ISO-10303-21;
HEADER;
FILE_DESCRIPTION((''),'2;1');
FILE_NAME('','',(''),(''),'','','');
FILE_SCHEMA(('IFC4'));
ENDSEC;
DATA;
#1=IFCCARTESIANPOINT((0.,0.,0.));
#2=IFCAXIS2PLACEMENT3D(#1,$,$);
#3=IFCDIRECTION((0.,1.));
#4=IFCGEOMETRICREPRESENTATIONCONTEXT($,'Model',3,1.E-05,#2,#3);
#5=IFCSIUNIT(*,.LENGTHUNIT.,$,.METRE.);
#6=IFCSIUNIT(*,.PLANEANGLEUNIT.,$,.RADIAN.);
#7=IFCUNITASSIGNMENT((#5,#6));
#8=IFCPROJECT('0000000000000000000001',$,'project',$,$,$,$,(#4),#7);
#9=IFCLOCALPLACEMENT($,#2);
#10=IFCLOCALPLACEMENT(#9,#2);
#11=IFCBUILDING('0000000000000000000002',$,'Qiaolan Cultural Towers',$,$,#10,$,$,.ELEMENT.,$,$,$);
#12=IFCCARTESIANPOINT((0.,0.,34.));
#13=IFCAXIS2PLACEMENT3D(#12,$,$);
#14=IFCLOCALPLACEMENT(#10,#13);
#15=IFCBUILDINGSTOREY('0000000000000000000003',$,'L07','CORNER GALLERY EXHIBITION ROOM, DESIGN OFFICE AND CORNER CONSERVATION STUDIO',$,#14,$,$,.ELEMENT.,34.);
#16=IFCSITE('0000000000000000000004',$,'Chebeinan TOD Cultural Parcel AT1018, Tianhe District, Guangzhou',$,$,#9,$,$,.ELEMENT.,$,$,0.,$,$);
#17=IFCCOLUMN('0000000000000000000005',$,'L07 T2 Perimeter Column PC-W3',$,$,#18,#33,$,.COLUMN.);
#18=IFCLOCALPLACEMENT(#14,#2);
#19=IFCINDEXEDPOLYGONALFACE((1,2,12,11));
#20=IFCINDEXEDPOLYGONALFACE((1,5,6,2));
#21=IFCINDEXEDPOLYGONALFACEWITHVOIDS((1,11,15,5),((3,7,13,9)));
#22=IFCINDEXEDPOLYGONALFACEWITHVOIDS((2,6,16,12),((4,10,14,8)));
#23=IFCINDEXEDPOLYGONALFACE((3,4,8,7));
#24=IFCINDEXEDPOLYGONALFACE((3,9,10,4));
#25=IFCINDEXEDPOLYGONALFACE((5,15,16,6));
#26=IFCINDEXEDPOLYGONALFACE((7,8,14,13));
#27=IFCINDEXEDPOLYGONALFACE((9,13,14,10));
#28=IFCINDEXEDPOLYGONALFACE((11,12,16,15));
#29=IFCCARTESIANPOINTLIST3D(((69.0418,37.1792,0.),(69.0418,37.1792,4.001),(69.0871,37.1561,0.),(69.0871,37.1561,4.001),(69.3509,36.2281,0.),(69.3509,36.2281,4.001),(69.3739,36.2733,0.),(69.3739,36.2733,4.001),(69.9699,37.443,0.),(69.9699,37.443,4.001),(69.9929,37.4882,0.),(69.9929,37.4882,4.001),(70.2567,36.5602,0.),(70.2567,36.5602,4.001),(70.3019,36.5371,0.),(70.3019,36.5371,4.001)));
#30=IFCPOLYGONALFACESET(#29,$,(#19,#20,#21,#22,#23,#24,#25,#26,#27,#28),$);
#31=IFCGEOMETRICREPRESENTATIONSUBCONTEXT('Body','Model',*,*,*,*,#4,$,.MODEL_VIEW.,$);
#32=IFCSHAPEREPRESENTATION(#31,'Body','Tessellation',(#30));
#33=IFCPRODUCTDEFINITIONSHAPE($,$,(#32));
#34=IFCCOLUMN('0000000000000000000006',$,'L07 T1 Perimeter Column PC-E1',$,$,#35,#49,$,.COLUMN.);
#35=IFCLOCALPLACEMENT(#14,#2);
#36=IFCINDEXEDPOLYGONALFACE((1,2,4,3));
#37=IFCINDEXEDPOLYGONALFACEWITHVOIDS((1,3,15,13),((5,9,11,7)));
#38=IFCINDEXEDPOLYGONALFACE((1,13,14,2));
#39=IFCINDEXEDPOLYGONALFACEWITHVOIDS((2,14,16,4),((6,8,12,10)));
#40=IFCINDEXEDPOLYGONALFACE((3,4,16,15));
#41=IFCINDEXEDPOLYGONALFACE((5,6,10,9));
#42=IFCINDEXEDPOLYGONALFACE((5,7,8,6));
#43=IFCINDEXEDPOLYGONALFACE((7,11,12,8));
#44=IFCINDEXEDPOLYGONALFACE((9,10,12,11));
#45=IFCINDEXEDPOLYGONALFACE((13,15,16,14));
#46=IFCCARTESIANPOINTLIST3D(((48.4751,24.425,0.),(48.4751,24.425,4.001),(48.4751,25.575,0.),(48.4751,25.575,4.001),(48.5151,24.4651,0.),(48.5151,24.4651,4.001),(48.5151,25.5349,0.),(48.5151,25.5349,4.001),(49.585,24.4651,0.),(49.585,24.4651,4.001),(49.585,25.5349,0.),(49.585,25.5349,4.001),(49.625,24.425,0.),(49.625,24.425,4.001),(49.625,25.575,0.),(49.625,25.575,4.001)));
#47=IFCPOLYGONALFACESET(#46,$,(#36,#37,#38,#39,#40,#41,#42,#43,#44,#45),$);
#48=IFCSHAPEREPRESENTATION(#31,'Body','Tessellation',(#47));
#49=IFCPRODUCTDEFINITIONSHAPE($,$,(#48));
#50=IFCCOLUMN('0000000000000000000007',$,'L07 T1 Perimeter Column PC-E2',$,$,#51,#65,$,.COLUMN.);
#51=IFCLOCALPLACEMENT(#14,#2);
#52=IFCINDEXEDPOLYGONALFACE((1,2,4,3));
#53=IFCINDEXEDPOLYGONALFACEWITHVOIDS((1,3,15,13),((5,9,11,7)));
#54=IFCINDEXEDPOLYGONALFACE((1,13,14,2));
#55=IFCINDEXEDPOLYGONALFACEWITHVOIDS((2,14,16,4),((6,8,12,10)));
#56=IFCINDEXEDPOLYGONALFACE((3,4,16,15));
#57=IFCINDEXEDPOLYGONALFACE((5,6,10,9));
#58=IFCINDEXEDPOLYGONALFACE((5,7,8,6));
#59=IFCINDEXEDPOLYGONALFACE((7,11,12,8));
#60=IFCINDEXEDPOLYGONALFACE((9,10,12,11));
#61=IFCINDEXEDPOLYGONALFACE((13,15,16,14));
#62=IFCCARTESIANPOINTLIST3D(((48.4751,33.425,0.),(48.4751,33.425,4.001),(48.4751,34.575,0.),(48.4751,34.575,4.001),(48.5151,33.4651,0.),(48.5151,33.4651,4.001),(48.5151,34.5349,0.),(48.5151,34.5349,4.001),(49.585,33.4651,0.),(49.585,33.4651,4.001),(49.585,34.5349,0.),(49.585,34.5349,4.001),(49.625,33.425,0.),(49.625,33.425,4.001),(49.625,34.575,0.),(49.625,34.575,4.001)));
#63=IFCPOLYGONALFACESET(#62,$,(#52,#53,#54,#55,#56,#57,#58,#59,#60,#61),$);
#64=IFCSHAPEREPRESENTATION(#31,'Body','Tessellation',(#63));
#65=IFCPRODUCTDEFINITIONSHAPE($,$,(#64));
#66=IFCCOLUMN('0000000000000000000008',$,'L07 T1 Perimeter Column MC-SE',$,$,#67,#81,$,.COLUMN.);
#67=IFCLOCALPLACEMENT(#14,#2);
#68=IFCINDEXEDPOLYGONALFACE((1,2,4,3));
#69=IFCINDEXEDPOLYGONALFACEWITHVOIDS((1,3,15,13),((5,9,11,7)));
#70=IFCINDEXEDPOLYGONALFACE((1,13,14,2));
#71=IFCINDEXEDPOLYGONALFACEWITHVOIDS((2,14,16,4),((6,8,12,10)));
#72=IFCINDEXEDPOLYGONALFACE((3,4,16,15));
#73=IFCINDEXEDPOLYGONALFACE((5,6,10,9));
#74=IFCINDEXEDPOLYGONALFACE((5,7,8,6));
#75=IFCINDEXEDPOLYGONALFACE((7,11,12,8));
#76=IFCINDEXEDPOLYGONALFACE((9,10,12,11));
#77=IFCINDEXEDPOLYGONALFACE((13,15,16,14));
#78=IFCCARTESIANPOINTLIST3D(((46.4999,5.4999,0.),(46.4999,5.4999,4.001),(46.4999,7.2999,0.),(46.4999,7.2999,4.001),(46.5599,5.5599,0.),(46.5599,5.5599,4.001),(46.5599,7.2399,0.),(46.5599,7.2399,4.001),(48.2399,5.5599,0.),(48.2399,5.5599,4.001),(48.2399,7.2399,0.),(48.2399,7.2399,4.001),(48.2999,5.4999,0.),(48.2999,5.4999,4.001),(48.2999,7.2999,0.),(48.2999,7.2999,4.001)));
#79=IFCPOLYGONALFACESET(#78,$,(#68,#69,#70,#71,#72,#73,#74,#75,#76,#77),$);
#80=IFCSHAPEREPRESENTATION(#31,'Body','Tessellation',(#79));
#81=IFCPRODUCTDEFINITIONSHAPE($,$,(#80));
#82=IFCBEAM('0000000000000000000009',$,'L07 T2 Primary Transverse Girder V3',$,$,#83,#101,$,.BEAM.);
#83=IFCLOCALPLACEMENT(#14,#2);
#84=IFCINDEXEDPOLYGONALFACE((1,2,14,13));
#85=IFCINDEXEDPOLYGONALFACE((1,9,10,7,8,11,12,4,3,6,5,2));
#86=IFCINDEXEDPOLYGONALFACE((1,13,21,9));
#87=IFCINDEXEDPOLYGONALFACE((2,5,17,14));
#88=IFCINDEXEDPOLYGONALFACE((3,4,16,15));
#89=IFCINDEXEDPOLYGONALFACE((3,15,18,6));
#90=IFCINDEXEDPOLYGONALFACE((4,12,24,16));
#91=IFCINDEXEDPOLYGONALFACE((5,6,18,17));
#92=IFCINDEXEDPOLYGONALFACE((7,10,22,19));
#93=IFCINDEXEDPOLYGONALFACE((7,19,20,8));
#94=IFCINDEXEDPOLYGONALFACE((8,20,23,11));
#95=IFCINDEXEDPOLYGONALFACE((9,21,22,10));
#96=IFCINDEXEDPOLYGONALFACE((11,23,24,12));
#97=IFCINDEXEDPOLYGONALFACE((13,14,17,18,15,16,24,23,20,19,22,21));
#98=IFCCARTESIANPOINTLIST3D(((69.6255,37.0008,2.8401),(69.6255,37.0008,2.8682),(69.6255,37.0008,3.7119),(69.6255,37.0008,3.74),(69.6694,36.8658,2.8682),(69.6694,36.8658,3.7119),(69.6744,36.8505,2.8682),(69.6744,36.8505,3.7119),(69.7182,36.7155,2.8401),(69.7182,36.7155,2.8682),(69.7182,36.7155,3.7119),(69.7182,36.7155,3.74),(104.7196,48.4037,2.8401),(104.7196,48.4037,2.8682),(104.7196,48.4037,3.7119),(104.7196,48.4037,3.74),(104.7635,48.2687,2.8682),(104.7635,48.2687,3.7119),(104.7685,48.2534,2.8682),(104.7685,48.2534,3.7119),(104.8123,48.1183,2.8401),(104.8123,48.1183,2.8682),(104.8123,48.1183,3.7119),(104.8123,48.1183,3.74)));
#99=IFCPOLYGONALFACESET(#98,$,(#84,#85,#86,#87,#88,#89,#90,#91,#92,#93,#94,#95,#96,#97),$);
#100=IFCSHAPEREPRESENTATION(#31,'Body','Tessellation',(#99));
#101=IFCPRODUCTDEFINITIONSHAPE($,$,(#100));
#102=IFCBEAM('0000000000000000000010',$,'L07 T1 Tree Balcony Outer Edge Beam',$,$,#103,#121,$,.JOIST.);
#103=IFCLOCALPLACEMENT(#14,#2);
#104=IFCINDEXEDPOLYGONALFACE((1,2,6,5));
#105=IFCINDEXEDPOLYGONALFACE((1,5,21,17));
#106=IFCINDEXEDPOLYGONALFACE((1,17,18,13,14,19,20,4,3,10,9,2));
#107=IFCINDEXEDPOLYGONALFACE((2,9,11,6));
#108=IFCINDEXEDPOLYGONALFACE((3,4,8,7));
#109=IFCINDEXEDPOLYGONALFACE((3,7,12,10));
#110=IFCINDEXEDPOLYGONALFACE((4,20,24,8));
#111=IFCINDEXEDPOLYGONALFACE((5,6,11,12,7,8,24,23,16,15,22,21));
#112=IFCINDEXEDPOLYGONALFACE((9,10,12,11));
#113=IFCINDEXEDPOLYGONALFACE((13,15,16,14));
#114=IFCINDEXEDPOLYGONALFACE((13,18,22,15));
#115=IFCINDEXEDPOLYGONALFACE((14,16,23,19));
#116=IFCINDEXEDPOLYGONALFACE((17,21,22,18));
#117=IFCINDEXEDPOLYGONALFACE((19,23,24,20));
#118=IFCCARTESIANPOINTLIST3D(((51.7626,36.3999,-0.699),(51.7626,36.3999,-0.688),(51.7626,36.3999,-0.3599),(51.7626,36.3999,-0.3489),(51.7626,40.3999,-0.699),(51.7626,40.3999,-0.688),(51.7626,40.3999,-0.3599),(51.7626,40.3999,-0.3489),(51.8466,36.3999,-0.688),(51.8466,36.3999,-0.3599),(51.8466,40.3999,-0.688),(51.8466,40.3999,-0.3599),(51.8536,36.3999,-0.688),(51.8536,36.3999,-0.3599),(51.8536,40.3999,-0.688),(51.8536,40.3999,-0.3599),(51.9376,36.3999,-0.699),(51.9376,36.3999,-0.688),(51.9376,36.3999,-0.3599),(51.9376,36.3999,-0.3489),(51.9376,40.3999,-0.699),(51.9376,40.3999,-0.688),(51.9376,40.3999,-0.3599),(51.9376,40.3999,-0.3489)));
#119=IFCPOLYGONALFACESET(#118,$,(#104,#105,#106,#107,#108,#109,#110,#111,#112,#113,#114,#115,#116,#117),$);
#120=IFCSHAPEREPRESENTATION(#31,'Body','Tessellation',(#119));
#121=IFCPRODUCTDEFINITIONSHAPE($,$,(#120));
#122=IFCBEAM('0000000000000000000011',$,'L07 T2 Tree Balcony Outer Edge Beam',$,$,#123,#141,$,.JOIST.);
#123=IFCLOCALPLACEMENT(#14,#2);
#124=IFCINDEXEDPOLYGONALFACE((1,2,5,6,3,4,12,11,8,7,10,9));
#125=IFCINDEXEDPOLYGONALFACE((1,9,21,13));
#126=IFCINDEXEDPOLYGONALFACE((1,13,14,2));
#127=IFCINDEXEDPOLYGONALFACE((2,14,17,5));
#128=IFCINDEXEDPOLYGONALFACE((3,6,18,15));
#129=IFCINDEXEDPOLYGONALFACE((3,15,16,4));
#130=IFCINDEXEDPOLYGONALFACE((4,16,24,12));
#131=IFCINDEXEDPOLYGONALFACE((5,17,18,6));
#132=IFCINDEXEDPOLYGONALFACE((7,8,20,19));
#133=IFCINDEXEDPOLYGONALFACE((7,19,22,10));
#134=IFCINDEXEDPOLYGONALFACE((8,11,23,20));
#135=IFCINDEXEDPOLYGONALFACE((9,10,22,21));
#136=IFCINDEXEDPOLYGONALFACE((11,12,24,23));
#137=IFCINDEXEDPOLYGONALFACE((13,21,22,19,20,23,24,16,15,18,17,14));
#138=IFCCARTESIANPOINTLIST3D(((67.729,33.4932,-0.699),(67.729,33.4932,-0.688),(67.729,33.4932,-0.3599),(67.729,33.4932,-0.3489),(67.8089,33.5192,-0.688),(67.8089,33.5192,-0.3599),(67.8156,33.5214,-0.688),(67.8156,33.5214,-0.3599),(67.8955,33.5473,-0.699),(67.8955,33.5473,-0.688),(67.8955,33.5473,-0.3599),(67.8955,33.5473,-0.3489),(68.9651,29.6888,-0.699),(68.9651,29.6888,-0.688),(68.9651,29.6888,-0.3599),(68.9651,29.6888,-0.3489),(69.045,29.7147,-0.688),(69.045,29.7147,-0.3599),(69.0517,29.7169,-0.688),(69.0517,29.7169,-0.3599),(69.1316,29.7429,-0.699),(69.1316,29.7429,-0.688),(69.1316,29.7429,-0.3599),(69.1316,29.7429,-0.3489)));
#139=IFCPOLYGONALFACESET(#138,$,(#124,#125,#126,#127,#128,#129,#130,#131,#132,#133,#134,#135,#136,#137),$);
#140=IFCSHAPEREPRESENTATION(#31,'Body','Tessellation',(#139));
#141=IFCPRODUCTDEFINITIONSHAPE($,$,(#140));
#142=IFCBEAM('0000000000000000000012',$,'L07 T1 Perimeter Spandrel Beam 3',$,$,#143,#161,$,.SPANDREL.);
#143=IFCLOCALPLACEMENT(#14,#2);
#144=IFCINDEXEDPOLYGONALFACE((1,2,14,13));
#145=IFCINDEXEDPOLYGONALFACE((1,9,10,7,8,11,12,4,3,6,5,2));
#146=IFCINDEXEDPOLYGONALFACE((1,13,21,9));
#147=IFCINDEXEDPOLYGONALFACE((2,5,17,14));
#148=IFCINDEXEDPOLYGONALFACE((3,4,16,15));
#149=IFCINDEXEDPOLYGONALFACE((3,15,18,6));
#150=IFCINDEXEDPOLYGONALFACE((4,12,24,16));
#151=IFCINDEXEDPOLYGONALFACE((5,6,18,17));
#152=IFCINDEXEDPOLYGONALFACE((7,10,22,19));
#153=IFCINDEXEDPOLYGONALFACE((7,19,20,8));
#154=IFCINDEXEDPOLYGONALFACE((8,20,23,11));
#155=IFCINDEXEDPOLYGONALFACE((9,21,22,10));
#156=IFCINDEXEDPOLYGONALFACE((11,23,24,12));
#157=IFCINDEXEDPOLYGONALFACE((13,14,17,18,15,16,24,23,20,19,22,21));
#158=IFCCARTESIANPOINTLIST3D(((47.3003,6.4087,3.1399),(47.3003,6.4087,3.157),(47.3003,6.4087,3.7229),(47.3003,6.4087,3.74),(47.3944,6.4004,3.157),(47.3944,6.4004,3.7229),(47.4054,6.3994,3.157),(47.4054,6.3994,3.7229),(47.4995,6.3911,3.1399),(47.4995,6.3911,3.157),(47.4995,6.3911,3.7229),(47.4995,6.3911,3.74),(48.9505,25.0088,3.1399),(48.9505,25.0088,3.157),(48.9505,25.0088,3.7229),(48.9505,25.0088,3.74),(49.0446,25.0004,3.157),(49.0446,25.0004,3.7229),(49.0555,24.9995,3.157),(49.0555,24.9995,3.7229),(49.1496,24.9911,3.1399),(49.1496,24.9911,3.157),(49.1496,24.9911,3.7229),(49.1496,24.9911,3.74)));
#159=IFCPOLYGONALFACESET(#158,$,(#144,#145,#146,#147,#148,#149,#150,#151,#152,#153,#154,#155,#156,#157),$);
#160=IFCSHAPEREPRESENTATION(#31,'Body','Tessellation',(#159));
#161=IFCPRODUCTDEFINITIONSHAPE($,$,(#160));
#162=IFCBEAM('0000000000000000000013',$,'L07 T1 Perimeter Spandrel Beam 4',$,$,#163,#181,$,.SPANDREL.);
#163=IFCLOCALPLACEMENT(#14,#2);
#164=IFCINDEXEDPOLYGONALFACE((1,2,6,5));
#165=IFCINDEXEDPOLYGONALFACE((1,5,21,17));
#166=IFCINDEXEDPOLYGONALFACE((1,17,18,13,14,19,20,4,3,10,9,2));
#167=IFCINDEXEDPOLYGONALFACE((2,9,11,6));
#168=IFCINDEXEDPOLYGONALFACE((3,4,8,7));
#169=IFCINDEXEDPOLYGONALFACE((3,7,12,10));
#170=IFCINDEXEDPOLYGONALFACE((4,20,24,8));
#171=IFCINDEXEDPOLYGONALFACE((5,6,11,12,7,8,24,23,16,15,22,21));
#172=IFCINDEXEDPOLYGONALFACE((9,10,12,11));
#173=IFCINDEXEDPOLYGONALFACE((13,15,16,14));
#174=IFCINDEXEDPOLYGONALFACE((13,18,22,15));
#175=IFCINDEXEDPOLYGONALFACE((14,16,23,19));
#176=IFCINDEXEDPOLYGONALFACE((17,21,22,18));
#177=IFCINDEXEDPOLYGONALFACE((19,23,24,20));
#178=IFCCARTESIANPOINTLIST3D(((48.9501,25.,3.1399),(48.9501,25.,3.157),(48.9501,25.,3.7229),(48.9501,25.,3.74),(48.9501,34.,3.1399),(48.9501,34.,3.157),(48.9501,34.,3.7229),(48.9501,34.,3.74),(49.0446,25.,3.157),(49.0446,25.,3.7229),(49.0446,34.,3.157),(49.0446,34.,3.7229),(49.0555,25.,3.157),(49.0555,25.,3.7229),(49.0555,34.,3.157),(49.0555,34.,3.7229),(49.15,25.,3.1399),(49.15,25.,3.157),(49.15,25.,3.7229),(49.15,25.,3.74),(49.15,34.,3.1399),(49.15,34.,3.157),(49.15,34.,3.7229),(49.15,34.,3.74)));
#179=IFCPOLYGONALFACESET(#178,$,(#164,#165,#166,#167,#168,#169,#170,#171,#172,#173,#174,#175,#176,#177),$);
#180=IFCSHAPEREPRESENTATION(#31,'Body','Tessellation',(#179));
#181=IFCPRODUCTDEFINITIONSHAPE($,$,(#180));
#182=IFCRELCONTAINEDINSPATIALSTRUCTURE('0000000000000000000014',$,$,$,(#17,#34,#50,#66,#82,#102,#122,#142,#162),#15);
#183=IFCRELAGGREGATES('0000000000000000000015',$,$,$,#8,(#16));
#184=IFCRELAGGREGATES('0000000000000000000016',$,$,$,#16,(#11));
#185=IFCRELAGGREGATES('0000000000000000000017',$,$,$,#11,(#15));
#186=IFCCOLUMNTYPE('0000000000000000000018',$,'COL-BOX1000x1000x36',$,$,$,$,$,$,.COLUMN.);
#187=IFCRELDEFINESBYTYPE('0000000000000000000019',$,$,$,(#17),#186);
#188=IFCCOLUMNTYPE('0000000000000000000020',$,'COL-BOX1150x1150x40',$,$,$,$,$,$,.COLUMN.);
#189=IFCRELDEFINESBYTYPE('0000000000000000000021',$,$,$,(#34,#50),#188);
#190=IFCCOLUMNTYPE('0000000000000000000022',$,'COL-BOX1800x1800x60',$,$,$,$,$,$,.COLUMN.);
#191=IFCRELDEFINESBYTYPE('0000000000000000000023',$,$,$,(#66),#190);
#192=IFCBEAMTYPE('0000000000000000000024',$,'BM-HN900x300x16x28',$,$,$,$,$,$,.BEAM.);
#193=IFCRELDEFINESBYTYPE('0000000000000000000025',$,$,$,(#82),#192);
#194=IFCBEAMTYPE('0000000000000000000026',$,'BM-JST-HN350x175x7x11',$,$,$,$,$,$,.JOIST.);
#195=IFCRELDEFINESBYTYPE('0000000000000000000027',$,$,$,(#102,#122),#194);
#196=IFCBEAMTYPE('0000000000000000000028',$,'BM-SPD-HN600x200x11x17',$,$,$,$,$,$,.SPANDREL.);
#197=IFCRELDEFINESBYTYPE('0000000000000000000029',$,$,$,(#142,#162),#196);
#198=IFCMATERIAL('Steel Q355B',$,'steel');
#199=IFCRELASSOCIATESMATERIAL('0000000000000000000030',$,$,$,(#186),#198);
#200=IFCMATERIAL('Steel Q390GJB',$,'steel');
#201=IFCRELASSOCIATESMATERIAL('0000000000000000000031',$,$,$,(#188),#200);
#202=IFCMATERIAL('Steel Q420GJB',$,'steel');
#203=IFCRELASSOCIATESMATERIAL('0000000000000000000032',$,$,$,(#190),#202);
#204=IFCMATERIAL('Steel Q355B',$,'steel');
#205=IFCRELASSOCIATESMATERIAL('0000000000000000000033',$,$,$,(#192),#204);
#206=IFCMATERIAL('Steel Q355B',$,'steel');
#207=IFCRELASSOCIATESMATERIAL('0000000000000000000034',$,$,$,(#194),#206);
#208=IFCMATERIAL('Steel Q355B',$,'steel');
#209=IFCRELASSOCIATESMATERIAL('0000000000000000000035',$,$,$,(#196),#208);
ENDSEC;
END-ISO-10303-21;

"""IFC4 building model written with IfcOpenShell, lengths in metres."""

from ifc_helpers import new_model, si_unit, direction, frame, origin, origin_2d, place, context, subcontext, project, spatial, hollow_rectangle, i_section, extrude, material, material_profile, profile_set, type_object, element, save


model = new_model("IFC4")

# Units and contexts
model_context = context("Model", 3, precision=1e-05, world=origin(), true_north=direction((0.0, 1.0)))
body_context = subcontext(model_context, "Body", "Model", "MODEL_VIEW")
ifc_project = project(units=[si_unit("LENGTHUNIT", "METRE"), si_unit("PLANEANGLEUNIT", "RADIAN")], contexts=[model_context])

# Site, building, storey
site_placement = place(None, origin())
site = spatial("IfcSite", under=ifc_project, at=site_placement, Name="Chebeinan TOD Cultural Parcel AT1018, Tianhe District, Guangzhou", CompositionType="ELEMENT", RefElevation=0.0)
building_placement = place(site_placement, origin())
building = spatial("IfcBuilding", under=site, at=building_placement, Name="Qiaolan Cultural Towers", CompositionType="ELEMENT")
storey_placement = place(building_placement, frame((0.0, 0.0, 34.0)))
storey = spatial("IfcBuildingStorey", under=building, at=storey_placement, Name="L07", Description="CORNER GALLERY EXHIBITION ROOM, DESIGN OFFICE AND CORNER CONSERVATION STUDIO", CompositionType="ELEMENT", Elevation=34.0)

# Columns
ifc_material_1 = material(Name="Steel Q355B", Category="steel")
ifc_material_profile_1 = material_profile(ifc_material_1, hollow_rectangle(XDim=1.0, YDim=1.0, WallThickness=0.0359, at=origin_2d()), Name="BOX1000x1000x36")
ifc_profile_set_1 = profile_set([ifc_material_profile_1], Name="Steel Q355B")
column_type_1 = type_object("IfcColumnType", Name="COL-BOX1000x1000x36", PredefinedType="COLUMN", material=ifc_profile_set_1)
column_1_placement = place(storey_placement, frame((69.6719, 36.8582, 0.0), z_axis=(0.0, 0.0, 1.0), x_axis=(0.951057, 0.309017, 0.0)))
element("IfcColumn", 1, at=column_1_placement, inside=storey, type_object=column_type_1, Name="L07 T2 Perimeter Column PC-W3", PredefinedType="COLUMN", context=body_context, shape_type="SweptSolid", body=[
    extrude(hollow_rectangle(XDim=1.0, YDim=1.0, WallThickness=0.0359, at=origin_2d()), origin(), (0.0, 0.0, 1.0), 4.001),
])
ifc_material_2 = material(Name="Steel Q390GJB", Category="steel")
ifc_material_profile_2 = material_profile(ifc_material_2, hollow_rectangle(XDim=1.1499, YDim=1.1499, WallThickness=0.04, at=origin_2d()), Name="BOX1150x1150x40")
ifc_profile_set_2 = profile_set([ifc_material_profile_2], Name="Steel Q390GJB")
column_type_2 = type_object("IfcColumnType", Name="COL-BOX1150x1150x40", PredefinedType="COLUMN", material=ifc_profile_set_2)
for number, where, z_axis, x_axis, name in (
    (2, (49.05, 25.0, 0.0), (0.0, 0.0, 1.0), (1.0, 0.0, 0.0), "L07 T1 Perimeter Column PC-E1"),
    (3, (49.05, 34.0, 0.0), (0.0, 0.0, 1.0), (1.0, 0.0, 0.0), "L07 T1 Perimeter Column PC-E2"),
):
    element("IfcColumn", number, at=place(storey_placement, frame(where, z_axis=z_axis, x_axis=x_axis)), inside=storey, type_object=column_type_2, Name=name, PredefinedType="COLUMN", context=body_context, shape_type="SweptSolid", body=[
        extrude(hollow_rectangle(XDim=1.1499, YDim=1.1499, WallThickness=0.04, at=origin_2d()), origin(), (0.0, 0.0, 1.0), 4.001),
    ])
ifc_material_3 = material(Name="Steel Q420GJB", Category="steel")
ifc_material_profile_3 = material_profile(ifc_material_3, hollow_rectangle(XDim=1.8, YDim=1.8, WallThickness=0.0601, at=origin_2d()), Name="BOX1800x1800x60")
ifc_profile_set_3 = profile_set([ifc_material_profile_3], Name="Steel Q420GJB")
column_type_3 = type_object("IfcColumnType", Name="COL-BOX1800x1800x60", PredefinedType="COLUMN", material=ifc_profile_set_3)
column_2_placement = place(storey_placement, frame((47.3999, 6.3999, 0.0), z_axis=(0.0, 0.0, 1.0), x_axis=(1.0, 0.0, 0.0)))
element("IfcColumn", 4, at=column_2_placement, inside=storey, type_object=column_type_3, Name="L07 T1 Perimeter Column MC-SE", PredefinedType="COLUMN", context=body_context, shape_type="SweptSolid", body=[
    extrude(hollow_rectangle(XDim=1.8, YDim=1.8, WallThickness=0.0601, at=origin_2d()), origin(), (0.0, 0.0, 1.0), 4.001),
])

# Beams
ifc_material_4 = material(Name="Steel Q355B", Category="steel")
ifc_material_profile_4 = material_profile(ifc_material_4, i_section(OverallWidth=0.3, OverallDepth=0.8999, WebThickness=0.0161, FlangeThickness=0.0281, at=origin_2d()), Name="HN900x300x16x28")
ifc_profile_set_4 = profile_set([ifc_material_profile_4], Name="Steel Q355B")
beam_type_1 = type_object("IfcBeamType", Name="BM-HN900x300x16x28", PredefinedType="BEAM", material=ifc_profile_set_4)
beam_1_placement = place(storey_placement, frame((69.6719, 36.8582, 3.29), z_axis=(0.951056, 0.309019, 0.0), x_axis=(-0.309019, 0.951056, 0.0)))
element("IfcBeam", 5, at=beam_1_placement, inside=storey, type_object=beam_type_1, Name="L07 T2 Primary Transverse Girder V3", PredefinedType="BEAM", context=body_context, shape_type="SweptSolid", body=[
    extrude(i_section(OverallWidth=0.3, OverallDepth=0.8999, WebThickness=0.0161, FlangeThickness=0.0281, at=origin_2d()), origin(), (0.0, 0.0, 1.0), 36.9001),
])
ifc_material_5 = material(Name="Steel Q355B", Category="steel")
ifc_material_profile_5 = material_profile(ifc_material_5, i_section(OverallWidth=0.175, OverallDepth=0.3501, WebThickness=0.0071, FlangeThickness=0.011, at=origin_2d()), Name="HN350x175x7x11")
ifc_profile_set_5 = profile_set([ifc_material_profile_5], Name="Steel Q355B")
beam_type_2 = type_object("IfcBeamType", Name="BM-JST-HN350x175x7x11", PredefinedType="JOIST", material=ifc_profile_set_5)
beam_2_placement = place(storey_placement, frame((51.8501, 36.3999, -0.5239), z_axis=(0.0, 1.0, 0.0), x_axis=(-1.0, 0.0, 0.0)))
element("IfcBeam", 6, at=beam_2_placement, inside=storey, type_object=beam_type_2, Name="L07 T1 Tree Balcony Outer Edge Beam", PredefinedType="JOIST", context=body_context, shape_type="SweptSolid", body=[
    extrude(i_section(OverallWidth=0.175, OverallDepth=0.3501, WebThickness=0.0071, FlangeThickness=0.011, at=origin_2d()), origin(), (0.0, 0.0, 1.0), 4.0),
])
beam_3_placement = place(storey_placement, frame((69.0483, 29.7158, -0.5239), z_axis=(-0.309005, 0.951061, 0.0), x_axis=(-0.951061, -0.309005, 0.0)))
element("IfcBeam", 7, at=beam_3_placement, inside=storey, type_object=beam_type_2, Name="L07 T2 Tree Balcony Outer Edge Beam", PredefinedType="JOIST", context=body_context, shape_type="SweptSolid", body=[
    extrude(i_section(OverallWidth=0.175, OverallDepth=0.3501, WebThickness=0.0071, FlangeThickness=0.011, at=origin_2d()), origin(), (0.0, 0.0, 1.0), 4.0002),
])
ifc_material_6 = material(Name="Steel Q355B", Category="steel")
ifc_material_profile_6 = material_profile(ifc_material_6, i_section(OverallWidth=0.2, OverallDepth=0.6001, WebThickness=0.011, FlangeThickness=0.0171, at=origin_2d()), Name="HN600x200x11x17")
ifc_profile_set_6 = profile_set([ifc_material_profile_6], Name="Steel Q355B")
beam_type_3 = type_object("IfcBeamType", Name="BM-SPD-HN600x200x11x17", PredefinedType="SPANDREL", material=ifc_profile_set_6)
beam_4_placement = place(storey_placement, frame((47.3999, 6.3999, 3.4399), z_axis=(0.08837, 0.996088, 0.0), x_axis=(-0.996088, 0.08837, 0.0)))
element("IfcBeam", 8, at=beam_4_placement, inside=storey, type_object=beam_type_3, Name="L07 T1 Perimeter Spandrel Beam 3", PredefinedType="SPANDREL", context=body_context, shape_type="SweptSolid", body=[
    extrude(i_section(OverallWidth=0.2, OverallDepth=0.6001, WebThickness=0.011, FlangeThickness=0.0171, at=origin_2d()), origin(), (0.0, 0.0, 1.0), 18.6731),
])
for number, where, z_axis, x_axis, name in (
    (9, (49.05, 25.0, 3.4399), (0.0, 1.0, 0.0), (-1.0, 0.0, 0.0), "L07 T1 Perimeter Spandrel Beam 4"),
):
    element("IfcBeam", number, at=place(storey_placement, frame(where, z_axis=z_axis, x_axis=x_axis)), inside=storey, type_object=beam_type_3, Name=name, PredefinedType="SPANDREL", context=body_context, shape_type="SweptSolid", body=[
        extrude(i_section(OverallWidth=0.2, OverallDepth=0.6001, WebThickness=0.011, FlangeThickness=0.0171, at=origin_2d()), origin(), (0.0, 0.0, 1.0), 9.0),
    ])

save(model, "model.ifc")
